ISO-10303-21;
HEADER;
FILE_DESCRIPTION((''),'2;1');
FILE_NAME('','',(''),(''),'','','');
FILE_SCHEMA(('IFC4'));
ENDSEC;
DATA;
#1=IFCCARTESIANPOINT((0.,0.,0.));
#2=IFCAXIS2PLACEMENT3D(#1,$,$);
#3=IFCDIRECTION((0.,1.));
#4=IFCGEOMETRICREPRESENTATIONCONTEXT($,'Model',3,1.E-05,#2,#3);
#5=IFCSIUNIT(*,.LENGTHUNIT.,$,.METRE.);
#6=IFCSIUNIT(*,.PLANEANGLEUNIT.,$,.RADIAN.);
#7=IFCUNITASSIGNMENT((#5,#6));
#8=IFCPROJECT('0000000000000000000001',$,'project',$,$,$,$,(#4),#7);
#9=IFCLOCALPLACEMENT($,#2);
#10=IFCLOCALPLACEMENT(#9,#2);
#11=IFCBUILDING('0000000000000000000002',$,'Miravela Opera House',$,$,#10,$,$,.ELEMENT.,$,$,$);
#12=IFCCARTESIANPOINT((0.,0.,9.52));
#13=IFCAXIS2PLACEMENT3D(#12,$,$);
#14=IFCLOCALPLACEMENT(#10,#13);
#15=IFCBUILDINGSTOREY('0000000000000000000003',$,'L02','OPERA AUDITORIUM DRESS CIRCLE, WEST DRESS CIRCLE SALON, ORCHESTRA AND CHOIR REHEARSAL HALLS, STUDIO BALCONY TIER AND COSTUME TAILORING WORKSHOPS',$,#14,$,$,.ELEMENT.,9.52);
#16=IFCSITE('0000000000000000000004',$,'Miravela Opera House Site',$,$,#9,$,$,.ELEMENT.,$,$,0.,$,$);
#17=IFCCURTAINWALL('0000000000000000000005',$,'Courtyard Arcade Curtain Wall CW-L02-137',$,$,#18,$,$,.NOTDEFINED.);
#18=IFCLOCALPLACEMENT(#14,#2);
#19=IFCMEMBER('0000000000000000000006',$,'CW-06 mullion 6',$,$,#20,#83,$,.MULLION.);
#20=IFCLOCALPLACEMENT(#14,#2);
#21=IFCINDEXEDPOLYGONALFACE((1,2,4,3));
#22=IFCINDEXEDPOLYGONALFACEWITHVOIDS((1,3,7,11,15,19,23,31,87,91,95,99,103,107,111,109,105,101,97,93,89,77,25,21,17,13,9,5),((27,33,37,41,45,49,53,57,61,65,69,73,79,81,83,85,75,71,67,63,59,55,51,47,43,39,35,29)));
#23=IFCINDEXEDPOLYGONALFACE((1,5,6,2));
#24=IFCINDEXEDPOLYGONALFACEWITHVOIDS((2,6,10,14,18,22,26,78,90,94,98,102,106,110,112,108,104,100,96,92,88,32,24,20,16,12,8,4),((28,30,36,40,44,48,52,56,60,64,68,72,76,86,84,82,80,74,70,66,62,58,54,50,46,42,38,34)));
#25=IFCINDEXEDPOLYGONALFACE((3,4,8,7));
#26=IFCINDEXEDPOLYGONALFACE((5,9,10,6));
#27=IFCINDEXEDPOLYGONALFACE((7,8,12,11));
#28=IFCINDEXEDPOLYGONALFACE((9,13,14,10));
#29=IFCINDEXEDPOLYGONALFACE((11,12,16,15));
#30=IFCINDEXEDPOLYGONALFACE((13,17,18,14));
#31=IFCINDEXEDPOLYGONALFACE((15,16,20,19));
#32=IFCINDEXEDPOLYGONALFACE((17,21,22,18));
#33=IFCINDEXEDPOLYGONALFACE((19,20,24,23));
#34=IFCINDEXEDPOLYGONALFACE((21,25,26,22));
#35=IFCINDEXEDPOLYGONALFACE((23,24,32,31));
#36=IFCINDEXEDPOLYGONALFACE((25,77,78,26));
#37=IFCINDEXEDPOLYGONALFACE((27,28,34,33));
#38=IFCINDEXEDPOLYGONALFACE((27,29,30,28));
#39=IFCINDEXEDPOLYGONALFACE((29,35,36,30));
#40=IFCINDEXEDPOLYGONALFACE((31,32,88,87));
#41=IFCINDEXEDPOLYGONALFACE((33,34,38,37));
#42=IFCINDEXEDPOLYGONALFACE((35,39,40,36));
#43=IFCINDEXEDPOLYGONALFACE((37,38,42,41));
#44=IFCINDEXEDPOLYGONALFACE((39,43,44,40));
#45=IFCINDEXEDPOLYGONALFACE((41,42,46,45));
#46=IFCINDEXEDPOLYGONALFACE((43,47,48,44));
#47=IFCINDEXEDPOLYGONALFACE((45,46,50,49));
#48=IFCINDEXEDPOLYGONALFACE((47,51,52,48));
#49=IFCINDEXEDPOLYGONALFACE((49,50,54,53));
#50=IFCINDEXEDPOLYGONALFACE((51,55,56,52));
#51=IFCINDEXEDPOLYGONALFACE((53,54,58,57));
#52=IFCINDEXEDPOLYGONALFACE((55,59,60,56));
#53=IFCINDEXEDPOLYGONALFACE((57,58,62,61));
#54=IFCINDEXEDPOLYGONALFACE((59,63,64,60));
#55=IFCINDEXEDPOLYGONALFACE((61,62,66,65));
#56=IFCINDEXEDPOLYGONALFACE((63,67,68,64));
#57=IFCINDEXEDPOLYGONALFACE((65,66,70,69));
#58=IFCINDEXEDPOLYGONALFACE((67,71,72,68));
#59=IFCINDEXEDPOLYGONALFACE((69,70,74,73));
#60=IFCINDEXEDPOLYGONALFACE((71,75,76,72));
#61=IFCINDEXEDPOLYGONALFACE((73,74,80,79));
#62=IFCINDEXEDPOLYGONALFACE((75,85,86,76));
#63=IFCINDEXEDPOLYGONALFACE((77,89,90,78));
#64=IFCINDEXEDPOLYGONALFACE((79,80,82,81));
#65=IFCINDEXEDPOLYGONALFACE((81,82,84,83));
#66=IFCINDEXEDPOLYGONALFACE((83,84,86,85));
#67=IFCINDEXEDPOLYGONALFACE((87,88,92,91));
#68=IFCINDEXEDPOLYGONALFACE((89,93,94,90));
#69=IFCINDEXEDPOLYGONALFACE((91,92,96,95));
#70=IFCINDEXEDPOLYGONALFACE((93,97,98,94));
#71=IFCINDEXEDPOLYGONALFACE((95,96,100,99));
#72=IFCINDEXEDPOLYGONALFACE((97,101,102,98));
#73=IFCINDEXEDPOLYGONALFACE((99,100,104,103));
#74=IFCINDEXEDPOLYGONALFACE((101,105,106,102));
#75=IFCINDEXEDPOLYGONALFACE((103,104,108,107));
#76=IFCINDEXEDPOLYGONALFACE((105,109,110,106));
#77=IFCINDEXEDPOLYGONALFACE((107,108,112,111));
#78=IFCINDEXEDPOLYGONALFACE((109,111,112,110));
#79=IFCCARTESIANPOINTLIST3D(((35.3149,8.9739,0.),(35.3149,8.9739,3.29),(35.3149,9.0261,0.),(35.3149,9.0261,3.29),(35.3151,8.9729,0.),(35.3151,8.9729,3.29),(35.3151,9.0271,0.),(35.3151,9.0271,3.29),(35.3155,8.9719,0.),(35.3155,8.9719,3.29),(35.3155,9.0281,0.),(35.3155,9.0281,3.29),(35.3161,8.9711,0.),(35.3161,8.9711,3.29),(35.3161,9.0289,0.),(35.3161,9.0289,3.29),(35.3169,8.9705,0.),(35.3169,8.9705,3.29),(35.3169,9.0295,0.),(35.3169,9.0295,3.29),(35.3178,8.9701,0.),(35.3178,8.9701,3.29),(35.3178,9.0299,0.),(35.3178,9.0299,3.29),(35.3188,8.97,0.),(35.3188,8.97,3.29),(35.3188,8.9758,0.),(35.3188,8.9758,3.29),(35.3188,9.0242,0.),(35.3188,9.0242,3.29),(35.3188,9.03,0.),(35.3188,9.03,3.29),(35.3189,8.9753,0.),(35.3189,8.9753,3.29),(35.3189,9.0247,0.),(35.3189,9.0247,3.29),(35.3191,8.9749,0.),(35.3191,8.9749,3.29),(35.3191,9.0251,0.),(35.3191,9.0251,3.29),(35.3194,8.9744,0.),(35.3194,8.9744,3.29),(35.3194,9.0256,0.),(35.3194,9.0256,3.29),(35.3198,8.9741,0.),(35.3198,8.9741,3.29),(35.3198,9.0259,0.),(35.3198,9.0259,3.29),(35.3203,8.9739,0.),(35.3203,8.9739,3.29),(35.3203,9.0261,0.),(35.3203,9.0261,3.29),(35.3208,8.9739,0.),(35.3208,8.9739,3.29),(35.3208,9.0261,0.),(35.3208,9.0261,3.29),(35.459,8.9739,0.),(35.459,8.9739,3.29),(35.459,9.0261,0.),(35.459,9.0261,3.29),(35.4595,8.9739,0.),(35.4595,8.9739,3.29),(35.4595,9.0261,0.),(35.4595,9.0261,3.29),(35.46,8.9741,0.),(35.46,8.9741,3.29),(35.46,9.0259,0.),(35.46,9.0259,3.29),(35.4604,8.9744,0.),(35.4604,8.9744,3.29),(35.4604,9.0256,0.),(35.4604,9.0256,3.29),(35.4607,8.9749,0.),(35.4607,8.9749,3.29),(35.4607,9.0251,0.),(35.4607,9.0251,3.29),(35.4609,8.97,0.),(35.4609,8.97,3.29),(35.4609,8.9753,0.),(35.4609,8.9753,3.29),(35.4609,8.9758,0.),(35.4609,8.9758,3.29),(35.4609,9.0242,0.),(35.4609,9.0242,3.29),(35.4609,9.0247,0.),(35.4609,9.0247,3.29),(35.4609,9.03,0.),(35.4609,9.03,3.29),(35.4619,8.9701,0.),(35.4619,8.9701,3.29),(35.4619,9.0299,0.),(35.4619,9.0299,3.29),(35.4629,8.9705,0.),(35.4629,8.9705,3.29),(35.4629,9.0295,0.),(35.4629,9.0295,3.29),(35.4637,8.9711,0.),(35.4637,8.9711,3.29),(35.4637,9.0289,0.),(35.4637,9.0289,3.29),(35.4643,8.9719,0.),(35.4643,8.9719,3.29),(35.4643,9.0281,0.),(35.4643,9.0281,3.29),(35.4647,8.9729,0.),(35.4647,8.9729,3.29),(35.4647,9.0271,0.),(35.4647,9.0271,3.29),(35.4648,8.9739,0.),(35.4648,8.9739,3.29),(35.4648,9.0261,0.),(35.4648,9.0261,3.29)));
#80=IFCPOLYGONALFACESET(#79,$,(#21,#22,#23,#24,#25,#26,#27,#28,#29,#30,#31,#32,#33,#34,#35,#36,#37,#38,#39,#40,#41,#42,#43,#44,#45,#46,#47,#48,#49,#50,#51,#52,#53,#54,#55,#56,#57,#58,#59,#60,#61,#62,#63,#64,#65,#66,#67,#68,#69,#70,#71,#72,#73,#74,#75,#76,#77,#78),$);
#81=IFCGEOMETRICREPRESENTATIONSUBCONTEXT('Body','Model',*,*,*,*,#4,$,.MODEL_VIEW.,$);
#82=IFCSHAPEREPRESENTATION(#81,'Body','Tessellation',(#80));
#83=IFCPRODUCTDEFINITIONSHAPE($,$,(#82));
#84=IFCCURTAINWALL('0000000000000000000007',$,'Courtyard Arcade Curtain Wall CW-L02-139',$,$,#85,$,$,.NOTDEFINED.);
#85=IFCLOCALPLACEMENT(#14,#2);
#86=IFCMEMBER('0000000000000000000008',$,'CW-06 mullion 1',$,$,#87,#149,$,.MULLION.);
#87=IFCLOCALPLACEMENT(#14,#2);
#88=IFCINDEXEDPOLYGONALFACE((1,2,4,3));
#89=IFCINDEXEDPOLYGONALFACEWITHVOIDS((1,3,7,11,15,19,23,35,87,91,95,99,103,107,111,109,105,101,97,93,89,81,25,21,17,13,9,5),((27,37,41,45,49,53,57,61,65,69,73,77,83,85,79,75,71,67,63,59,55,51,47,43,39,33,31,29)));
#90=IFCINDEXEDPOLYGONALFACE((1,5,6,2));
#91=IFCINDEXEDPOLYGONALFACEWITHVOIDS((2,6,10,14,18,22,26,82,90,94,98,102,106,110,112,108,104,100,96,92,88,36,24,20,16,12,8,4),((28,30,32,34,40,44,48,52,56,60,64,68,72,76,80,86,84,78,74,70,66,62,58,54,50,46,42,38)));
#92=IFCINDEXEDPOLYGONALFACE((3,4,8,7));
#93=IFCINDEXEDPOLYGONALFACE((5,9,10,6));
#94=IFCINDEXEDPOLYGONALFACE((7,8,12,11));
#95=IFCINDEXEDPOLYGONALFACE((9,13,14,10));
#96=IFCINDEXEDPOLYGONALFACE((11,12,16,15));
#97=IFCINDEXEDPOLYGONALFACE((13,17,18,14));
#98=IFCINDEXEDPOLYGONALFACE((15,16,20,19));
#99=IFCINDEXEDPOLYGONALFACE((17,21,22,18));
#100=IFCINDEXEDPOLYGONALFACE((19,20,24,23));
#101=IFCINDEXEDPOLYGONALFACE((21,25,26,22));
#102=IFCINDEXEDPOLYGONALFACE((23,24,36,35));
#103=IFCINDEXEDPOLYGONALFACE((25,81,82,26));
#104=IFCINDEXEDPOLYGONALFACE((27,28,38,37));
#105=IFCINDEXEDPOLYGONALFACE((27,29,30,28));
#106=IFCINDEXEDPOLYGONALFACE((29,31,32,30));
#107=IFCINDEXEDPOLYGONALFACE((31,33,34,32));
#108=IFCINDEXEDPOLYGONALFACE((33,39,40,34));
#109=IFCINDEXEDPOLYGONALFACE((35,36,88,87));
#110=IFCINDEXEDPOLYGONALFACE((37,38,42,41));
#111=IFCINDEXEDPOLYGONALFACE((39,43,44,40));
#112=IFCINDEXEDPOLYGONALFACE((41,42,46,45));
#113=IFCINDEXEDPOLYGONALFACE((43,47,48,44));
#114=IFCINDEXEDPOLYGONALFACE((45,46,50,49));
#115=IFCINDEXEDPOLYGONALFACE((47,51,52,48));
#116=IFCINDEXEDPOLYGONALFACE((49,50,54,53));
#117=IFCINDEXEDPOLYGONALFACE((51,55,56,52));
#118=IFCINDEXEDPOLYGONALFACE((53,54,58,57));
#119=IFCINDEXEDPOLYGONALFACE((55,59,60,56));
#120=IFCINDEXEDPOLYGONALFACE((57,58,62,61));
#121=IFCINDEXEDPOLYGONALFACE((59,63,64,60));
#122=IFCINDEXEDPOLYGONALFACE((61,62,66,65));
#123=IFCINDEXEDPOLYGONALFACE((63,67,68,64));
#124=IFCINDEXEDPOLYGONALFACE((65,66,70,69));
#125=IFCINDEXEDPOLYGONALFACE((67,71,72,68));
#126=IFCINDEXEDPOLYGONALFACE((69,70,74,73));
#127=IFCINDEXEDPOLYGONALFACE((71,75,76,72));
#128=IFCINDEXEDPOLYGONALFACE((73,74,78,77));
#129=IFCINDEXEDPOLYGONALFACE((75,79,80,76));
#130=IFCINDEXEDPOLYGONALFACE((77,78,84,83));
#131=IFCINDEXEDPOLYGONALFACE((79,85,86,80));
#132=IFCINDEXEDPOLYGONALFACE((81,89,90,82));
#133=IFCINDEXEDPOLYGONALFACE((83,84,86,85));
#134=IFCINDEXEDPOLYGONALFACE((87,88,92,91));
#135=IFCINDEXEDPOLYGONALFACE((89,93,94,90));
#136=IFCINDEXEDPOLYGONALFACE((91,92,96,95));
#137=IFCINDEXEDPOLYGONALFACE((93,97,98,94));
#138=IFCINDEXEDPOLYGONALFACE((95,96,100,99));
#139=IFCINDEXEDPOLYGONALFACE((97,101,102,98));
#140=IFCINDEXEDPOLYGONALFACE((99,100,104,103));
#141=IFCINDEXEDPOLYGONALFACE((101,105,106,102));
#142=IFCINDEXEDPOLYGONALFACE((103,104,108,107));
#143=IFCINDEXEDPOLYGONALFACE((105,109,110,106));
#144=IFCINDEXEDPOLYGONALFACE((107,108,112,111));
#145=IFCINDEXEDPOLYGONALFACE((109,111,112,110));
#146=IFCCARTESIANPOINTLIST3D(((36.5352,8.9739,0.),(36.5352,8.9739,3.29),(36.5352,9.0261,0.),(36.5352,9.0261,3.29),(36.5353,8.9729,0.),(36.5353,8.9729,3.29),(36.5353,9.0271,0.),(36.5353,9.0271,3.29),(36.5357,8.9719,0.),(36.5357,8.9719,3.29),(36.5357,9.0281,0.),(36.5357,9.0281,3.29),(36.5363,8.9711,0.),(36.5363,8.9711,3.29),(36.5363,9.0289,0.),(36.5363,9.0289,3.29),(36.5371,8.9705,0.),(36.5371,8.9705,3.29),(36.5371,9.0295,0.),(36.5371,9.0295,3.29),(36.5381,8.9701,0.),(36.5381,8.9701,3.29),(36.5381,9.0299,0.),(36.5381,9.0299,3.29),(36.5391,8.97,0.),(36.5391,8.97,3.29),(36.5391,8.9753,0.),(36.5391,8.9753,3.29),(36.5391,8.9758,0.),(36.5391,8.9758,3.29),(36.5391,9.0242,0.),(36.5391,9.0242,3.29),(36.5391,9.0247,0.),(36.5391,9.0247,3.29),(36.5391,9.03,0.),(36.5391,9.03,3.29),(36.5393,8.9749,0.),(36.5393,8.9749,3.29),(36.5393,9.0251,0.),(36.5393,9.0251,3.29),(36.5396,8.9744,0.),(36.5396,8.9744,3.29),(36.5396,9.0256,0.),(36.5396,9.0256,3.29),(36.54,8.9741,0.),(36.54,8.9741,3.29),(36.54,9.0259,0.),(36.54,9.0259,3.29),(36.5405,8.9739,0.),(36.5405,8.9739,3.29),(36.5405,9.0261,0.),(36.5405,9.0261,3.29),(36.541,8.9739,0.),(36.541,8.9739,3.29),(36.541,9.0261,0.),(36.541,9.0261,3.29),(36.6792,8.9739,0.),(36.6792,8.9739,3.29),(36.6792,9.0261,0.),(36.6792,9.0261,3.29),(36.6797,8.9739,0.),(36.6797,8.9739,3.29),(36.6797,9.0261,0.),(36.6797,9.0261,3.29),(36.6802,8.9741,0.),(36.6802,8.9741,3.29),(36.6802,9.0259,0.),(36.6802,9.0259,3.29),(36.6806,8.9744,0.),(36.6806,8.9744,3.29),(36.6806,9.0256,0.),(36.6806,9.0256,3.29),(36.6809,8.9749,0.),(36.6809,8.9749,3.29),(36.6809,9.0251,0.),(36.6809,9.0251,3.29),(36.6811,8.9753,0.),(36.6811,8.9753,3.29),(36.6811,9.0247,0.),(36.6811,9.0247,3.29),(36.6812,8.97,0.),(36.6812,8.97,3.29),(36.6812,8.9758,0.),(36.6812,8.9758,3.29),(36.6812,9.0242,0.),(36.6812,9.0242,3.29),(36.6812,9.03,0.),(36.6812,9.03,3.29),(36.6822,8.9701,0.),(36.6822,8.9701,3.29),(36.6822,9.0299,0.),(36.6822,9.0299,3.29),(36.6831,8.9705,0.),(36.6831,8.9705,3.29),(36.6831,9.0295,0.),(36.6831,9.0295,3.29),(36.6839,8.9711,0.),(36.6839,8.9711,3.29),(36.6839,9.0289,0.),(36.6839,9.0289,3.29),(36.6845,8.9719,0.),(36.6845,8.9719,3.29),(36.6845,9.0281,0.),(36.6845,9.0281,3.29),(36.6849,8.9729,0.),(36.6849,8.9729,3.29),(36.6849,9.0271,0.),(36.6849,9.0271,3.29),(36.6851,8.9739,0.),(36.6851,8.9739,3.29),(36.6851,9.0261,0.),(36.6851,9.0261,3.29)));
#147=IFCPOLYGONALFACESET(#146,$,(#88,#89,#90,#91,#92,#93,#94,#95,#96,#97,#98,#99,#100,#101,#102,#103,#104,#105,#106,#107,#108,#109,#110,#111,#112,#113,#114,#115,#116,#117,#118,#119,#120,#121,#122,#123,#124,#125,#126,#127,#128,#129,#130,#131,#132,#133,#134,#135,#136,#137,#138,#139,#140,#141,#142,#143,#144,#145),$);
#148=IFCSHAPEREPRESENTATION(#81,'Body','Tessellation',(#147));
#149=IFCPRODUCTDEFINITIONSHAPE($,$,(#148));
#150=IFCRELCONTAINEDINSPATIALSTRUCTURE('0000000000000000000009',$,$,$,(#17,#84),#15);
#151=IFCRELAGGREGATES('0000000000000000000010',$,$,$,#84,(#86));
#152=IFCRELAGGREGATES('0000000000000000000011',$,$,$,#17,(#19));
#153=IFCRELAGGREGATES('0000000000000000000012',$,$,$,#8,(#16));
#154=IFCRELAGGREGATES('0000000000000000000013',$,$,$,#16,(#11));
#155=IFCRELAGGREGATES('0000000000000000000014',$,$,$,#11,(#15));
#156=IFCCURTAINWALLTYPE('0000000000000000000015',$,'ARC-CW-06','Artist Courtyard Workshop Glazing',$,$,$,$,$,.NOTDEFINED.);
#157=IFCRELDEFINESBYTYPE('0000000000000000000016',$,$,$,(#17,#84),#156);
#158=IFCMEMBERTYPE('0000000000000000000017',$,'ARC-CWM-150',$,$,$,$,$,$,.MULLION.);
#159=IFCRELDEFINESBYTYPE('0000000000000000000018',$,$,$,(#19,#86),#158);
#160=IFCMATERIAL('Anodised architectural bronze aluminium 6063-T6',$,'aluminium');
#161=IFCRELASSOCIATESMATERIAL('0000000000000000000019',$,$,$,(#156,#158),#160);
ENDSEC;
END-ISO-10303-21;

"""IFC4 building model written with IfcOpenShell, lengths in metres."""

from ifc_helpers import new_model, si_unit, direction, frame, origin, origin_2d, place, context, subcontext, project, spatial, hollow_rectangle, extrude, material, material_profile, profile_set, type_object, element, aggregate, save


model = new_model("IFC4")

# Units and contexts
model_context = context("Model", 3, precision=1e-05, world=origin(), true_north=direction((0.0, 1.0)))
body_context = subcontext(model_context, "Body", "Model", "MODEL_VIEW")
ifc_project = project(units=[si_unit("LENGTHUNIT", "METRE"), si_unit("PLANEANGLEUNIT", "RADIAN")], contexts=[model_context])

# Site, building, storey
site_placement = place(None, origin())
site = spatial("IfcSite", under=ifc_project, at=site_placement, Name="Miravela Opera House Site", CompositionType="ELEMENT", RefElevation=0.0)
building_placement = place(site_placement, origin())
building = spatial("IfcBuilding", under=site, at=building_placement, Name="Miravela Opera House", CompositionType="ELEMENT")
storey_placement = place(building_placement, frame((0.0, 0.0, 9.52)))
storey = spatial("IfcBuildingStorey", under=building, at=storey_placement, Name="L02", Description="OPERA AUDITORIUM DRESS CIRCLE, WEST DRESS CIRCLE SALON, ORCHESTRA AND CHOIR REHEARSAL HALLS, STUDIO BALCONY TIER AND COSTUME TAILORING WORKSHOPS", CompositionType="ELEMENT", Elevation=9.52)

# Shared definitions
ifc_material_1 = material(Name="Anodised architectural bronze aluminium 6063-T6", Category="aluminium")
curtain_wall_type = type_object("IfcCurtainWallType", Name="ARC-CW-06", Description="Artist Courtyard Workshop Glazing", PredefinedType="NOTDEFINED", material=ifc_material_1)
ifc_material_profile_1 = material_profile(ifc_material_1, hollow_rectangle(XDim=0.0601, YDim=0.1499, WallThickness=0.0039, InnerFilletRadius=0.002, OuterFilletRadius=0.0039, at=origin_2d()), Name="CWM-60X150")
ifc_profile_set_1 = profile_set([ifc_material_profile_1])
member_type_1 = type_object("IfcMemberType", Name="ARC-CWM-150", PredefinedType="MULLION", material=ifc_profile_set_1)

# Curtain walls, members
curtain_wall_1_placement = place(storey_placement, origin())
curtain_wall_1 = element("IfcCurtainWall", 1, at=curtain_wall_1_placement, inside=storey, type_object=curtain_wall_type, Name="Courtyard Arcade Curtain Wall CW-L02-137", PredefinedType="NOTDEFINED")
member_1_placement = place(storey_placement, frame((35.3899, 9.0, 0.0), z_axis=(0.0, 0.0, 1.0), x_axis=(0.0, 1.0, 0.0)))
member_1 = element("IfcMember", 2, at=member_1_placement, type_object=member_type_1, Name="CW-06 mullion 6", PredefinedType="MULLION", context=body_context, shape_type="SweptSolid", body=[
    extrude(hollow_rectangle(XDim=0.0601, YDim=0.1499, WallThickness=0.0039, InnerFilletRadius=0.002, OuterFilletRadius=0.0039, at=origin_2d()), origin(), (0.0, 0.0, 1.0), 3.29),
])
curtain_wall_2_placement = place(storey_placement, origin())
curtain_wall_2 = element("IfcCurtainWall", 3, at=curtain_wall_2_placement, inside=storey, type_object=curtain_wall_type, Name="Courtyard Arcade Curtain Wall CW-L02-139", PredefinedType="NOTDEFINED")
member_2_placement = place(storey_placement, frame((36.6101, 9.0, 0.0), z_axis=(0.0, 0.0, 1.0), x_axis=(0.0, 1.0, 0.0)))
member_2 = element("IfcMember", 4, at=member_2_placement, type_object=member_type_1, Name="CW-06 mullion 1", PredefinedType="MULLION", context=body_context, shape_type="SweptSolid", body=[
    extrude(hollow_rectangle(XDim=0.0601, YDim=0.1499, WallThickness=0.0039, InnerFilletRadius=0.002, OuterFilletRadius=0.0039, at=origin_2d()), origin(), (0.0, 0.0, 1.0), 3.29),
])

aggregate(curtain_wall_2, [member_2])

aggregate(curtain_wall_1, [member_1])

save(model, "model.ifc")
